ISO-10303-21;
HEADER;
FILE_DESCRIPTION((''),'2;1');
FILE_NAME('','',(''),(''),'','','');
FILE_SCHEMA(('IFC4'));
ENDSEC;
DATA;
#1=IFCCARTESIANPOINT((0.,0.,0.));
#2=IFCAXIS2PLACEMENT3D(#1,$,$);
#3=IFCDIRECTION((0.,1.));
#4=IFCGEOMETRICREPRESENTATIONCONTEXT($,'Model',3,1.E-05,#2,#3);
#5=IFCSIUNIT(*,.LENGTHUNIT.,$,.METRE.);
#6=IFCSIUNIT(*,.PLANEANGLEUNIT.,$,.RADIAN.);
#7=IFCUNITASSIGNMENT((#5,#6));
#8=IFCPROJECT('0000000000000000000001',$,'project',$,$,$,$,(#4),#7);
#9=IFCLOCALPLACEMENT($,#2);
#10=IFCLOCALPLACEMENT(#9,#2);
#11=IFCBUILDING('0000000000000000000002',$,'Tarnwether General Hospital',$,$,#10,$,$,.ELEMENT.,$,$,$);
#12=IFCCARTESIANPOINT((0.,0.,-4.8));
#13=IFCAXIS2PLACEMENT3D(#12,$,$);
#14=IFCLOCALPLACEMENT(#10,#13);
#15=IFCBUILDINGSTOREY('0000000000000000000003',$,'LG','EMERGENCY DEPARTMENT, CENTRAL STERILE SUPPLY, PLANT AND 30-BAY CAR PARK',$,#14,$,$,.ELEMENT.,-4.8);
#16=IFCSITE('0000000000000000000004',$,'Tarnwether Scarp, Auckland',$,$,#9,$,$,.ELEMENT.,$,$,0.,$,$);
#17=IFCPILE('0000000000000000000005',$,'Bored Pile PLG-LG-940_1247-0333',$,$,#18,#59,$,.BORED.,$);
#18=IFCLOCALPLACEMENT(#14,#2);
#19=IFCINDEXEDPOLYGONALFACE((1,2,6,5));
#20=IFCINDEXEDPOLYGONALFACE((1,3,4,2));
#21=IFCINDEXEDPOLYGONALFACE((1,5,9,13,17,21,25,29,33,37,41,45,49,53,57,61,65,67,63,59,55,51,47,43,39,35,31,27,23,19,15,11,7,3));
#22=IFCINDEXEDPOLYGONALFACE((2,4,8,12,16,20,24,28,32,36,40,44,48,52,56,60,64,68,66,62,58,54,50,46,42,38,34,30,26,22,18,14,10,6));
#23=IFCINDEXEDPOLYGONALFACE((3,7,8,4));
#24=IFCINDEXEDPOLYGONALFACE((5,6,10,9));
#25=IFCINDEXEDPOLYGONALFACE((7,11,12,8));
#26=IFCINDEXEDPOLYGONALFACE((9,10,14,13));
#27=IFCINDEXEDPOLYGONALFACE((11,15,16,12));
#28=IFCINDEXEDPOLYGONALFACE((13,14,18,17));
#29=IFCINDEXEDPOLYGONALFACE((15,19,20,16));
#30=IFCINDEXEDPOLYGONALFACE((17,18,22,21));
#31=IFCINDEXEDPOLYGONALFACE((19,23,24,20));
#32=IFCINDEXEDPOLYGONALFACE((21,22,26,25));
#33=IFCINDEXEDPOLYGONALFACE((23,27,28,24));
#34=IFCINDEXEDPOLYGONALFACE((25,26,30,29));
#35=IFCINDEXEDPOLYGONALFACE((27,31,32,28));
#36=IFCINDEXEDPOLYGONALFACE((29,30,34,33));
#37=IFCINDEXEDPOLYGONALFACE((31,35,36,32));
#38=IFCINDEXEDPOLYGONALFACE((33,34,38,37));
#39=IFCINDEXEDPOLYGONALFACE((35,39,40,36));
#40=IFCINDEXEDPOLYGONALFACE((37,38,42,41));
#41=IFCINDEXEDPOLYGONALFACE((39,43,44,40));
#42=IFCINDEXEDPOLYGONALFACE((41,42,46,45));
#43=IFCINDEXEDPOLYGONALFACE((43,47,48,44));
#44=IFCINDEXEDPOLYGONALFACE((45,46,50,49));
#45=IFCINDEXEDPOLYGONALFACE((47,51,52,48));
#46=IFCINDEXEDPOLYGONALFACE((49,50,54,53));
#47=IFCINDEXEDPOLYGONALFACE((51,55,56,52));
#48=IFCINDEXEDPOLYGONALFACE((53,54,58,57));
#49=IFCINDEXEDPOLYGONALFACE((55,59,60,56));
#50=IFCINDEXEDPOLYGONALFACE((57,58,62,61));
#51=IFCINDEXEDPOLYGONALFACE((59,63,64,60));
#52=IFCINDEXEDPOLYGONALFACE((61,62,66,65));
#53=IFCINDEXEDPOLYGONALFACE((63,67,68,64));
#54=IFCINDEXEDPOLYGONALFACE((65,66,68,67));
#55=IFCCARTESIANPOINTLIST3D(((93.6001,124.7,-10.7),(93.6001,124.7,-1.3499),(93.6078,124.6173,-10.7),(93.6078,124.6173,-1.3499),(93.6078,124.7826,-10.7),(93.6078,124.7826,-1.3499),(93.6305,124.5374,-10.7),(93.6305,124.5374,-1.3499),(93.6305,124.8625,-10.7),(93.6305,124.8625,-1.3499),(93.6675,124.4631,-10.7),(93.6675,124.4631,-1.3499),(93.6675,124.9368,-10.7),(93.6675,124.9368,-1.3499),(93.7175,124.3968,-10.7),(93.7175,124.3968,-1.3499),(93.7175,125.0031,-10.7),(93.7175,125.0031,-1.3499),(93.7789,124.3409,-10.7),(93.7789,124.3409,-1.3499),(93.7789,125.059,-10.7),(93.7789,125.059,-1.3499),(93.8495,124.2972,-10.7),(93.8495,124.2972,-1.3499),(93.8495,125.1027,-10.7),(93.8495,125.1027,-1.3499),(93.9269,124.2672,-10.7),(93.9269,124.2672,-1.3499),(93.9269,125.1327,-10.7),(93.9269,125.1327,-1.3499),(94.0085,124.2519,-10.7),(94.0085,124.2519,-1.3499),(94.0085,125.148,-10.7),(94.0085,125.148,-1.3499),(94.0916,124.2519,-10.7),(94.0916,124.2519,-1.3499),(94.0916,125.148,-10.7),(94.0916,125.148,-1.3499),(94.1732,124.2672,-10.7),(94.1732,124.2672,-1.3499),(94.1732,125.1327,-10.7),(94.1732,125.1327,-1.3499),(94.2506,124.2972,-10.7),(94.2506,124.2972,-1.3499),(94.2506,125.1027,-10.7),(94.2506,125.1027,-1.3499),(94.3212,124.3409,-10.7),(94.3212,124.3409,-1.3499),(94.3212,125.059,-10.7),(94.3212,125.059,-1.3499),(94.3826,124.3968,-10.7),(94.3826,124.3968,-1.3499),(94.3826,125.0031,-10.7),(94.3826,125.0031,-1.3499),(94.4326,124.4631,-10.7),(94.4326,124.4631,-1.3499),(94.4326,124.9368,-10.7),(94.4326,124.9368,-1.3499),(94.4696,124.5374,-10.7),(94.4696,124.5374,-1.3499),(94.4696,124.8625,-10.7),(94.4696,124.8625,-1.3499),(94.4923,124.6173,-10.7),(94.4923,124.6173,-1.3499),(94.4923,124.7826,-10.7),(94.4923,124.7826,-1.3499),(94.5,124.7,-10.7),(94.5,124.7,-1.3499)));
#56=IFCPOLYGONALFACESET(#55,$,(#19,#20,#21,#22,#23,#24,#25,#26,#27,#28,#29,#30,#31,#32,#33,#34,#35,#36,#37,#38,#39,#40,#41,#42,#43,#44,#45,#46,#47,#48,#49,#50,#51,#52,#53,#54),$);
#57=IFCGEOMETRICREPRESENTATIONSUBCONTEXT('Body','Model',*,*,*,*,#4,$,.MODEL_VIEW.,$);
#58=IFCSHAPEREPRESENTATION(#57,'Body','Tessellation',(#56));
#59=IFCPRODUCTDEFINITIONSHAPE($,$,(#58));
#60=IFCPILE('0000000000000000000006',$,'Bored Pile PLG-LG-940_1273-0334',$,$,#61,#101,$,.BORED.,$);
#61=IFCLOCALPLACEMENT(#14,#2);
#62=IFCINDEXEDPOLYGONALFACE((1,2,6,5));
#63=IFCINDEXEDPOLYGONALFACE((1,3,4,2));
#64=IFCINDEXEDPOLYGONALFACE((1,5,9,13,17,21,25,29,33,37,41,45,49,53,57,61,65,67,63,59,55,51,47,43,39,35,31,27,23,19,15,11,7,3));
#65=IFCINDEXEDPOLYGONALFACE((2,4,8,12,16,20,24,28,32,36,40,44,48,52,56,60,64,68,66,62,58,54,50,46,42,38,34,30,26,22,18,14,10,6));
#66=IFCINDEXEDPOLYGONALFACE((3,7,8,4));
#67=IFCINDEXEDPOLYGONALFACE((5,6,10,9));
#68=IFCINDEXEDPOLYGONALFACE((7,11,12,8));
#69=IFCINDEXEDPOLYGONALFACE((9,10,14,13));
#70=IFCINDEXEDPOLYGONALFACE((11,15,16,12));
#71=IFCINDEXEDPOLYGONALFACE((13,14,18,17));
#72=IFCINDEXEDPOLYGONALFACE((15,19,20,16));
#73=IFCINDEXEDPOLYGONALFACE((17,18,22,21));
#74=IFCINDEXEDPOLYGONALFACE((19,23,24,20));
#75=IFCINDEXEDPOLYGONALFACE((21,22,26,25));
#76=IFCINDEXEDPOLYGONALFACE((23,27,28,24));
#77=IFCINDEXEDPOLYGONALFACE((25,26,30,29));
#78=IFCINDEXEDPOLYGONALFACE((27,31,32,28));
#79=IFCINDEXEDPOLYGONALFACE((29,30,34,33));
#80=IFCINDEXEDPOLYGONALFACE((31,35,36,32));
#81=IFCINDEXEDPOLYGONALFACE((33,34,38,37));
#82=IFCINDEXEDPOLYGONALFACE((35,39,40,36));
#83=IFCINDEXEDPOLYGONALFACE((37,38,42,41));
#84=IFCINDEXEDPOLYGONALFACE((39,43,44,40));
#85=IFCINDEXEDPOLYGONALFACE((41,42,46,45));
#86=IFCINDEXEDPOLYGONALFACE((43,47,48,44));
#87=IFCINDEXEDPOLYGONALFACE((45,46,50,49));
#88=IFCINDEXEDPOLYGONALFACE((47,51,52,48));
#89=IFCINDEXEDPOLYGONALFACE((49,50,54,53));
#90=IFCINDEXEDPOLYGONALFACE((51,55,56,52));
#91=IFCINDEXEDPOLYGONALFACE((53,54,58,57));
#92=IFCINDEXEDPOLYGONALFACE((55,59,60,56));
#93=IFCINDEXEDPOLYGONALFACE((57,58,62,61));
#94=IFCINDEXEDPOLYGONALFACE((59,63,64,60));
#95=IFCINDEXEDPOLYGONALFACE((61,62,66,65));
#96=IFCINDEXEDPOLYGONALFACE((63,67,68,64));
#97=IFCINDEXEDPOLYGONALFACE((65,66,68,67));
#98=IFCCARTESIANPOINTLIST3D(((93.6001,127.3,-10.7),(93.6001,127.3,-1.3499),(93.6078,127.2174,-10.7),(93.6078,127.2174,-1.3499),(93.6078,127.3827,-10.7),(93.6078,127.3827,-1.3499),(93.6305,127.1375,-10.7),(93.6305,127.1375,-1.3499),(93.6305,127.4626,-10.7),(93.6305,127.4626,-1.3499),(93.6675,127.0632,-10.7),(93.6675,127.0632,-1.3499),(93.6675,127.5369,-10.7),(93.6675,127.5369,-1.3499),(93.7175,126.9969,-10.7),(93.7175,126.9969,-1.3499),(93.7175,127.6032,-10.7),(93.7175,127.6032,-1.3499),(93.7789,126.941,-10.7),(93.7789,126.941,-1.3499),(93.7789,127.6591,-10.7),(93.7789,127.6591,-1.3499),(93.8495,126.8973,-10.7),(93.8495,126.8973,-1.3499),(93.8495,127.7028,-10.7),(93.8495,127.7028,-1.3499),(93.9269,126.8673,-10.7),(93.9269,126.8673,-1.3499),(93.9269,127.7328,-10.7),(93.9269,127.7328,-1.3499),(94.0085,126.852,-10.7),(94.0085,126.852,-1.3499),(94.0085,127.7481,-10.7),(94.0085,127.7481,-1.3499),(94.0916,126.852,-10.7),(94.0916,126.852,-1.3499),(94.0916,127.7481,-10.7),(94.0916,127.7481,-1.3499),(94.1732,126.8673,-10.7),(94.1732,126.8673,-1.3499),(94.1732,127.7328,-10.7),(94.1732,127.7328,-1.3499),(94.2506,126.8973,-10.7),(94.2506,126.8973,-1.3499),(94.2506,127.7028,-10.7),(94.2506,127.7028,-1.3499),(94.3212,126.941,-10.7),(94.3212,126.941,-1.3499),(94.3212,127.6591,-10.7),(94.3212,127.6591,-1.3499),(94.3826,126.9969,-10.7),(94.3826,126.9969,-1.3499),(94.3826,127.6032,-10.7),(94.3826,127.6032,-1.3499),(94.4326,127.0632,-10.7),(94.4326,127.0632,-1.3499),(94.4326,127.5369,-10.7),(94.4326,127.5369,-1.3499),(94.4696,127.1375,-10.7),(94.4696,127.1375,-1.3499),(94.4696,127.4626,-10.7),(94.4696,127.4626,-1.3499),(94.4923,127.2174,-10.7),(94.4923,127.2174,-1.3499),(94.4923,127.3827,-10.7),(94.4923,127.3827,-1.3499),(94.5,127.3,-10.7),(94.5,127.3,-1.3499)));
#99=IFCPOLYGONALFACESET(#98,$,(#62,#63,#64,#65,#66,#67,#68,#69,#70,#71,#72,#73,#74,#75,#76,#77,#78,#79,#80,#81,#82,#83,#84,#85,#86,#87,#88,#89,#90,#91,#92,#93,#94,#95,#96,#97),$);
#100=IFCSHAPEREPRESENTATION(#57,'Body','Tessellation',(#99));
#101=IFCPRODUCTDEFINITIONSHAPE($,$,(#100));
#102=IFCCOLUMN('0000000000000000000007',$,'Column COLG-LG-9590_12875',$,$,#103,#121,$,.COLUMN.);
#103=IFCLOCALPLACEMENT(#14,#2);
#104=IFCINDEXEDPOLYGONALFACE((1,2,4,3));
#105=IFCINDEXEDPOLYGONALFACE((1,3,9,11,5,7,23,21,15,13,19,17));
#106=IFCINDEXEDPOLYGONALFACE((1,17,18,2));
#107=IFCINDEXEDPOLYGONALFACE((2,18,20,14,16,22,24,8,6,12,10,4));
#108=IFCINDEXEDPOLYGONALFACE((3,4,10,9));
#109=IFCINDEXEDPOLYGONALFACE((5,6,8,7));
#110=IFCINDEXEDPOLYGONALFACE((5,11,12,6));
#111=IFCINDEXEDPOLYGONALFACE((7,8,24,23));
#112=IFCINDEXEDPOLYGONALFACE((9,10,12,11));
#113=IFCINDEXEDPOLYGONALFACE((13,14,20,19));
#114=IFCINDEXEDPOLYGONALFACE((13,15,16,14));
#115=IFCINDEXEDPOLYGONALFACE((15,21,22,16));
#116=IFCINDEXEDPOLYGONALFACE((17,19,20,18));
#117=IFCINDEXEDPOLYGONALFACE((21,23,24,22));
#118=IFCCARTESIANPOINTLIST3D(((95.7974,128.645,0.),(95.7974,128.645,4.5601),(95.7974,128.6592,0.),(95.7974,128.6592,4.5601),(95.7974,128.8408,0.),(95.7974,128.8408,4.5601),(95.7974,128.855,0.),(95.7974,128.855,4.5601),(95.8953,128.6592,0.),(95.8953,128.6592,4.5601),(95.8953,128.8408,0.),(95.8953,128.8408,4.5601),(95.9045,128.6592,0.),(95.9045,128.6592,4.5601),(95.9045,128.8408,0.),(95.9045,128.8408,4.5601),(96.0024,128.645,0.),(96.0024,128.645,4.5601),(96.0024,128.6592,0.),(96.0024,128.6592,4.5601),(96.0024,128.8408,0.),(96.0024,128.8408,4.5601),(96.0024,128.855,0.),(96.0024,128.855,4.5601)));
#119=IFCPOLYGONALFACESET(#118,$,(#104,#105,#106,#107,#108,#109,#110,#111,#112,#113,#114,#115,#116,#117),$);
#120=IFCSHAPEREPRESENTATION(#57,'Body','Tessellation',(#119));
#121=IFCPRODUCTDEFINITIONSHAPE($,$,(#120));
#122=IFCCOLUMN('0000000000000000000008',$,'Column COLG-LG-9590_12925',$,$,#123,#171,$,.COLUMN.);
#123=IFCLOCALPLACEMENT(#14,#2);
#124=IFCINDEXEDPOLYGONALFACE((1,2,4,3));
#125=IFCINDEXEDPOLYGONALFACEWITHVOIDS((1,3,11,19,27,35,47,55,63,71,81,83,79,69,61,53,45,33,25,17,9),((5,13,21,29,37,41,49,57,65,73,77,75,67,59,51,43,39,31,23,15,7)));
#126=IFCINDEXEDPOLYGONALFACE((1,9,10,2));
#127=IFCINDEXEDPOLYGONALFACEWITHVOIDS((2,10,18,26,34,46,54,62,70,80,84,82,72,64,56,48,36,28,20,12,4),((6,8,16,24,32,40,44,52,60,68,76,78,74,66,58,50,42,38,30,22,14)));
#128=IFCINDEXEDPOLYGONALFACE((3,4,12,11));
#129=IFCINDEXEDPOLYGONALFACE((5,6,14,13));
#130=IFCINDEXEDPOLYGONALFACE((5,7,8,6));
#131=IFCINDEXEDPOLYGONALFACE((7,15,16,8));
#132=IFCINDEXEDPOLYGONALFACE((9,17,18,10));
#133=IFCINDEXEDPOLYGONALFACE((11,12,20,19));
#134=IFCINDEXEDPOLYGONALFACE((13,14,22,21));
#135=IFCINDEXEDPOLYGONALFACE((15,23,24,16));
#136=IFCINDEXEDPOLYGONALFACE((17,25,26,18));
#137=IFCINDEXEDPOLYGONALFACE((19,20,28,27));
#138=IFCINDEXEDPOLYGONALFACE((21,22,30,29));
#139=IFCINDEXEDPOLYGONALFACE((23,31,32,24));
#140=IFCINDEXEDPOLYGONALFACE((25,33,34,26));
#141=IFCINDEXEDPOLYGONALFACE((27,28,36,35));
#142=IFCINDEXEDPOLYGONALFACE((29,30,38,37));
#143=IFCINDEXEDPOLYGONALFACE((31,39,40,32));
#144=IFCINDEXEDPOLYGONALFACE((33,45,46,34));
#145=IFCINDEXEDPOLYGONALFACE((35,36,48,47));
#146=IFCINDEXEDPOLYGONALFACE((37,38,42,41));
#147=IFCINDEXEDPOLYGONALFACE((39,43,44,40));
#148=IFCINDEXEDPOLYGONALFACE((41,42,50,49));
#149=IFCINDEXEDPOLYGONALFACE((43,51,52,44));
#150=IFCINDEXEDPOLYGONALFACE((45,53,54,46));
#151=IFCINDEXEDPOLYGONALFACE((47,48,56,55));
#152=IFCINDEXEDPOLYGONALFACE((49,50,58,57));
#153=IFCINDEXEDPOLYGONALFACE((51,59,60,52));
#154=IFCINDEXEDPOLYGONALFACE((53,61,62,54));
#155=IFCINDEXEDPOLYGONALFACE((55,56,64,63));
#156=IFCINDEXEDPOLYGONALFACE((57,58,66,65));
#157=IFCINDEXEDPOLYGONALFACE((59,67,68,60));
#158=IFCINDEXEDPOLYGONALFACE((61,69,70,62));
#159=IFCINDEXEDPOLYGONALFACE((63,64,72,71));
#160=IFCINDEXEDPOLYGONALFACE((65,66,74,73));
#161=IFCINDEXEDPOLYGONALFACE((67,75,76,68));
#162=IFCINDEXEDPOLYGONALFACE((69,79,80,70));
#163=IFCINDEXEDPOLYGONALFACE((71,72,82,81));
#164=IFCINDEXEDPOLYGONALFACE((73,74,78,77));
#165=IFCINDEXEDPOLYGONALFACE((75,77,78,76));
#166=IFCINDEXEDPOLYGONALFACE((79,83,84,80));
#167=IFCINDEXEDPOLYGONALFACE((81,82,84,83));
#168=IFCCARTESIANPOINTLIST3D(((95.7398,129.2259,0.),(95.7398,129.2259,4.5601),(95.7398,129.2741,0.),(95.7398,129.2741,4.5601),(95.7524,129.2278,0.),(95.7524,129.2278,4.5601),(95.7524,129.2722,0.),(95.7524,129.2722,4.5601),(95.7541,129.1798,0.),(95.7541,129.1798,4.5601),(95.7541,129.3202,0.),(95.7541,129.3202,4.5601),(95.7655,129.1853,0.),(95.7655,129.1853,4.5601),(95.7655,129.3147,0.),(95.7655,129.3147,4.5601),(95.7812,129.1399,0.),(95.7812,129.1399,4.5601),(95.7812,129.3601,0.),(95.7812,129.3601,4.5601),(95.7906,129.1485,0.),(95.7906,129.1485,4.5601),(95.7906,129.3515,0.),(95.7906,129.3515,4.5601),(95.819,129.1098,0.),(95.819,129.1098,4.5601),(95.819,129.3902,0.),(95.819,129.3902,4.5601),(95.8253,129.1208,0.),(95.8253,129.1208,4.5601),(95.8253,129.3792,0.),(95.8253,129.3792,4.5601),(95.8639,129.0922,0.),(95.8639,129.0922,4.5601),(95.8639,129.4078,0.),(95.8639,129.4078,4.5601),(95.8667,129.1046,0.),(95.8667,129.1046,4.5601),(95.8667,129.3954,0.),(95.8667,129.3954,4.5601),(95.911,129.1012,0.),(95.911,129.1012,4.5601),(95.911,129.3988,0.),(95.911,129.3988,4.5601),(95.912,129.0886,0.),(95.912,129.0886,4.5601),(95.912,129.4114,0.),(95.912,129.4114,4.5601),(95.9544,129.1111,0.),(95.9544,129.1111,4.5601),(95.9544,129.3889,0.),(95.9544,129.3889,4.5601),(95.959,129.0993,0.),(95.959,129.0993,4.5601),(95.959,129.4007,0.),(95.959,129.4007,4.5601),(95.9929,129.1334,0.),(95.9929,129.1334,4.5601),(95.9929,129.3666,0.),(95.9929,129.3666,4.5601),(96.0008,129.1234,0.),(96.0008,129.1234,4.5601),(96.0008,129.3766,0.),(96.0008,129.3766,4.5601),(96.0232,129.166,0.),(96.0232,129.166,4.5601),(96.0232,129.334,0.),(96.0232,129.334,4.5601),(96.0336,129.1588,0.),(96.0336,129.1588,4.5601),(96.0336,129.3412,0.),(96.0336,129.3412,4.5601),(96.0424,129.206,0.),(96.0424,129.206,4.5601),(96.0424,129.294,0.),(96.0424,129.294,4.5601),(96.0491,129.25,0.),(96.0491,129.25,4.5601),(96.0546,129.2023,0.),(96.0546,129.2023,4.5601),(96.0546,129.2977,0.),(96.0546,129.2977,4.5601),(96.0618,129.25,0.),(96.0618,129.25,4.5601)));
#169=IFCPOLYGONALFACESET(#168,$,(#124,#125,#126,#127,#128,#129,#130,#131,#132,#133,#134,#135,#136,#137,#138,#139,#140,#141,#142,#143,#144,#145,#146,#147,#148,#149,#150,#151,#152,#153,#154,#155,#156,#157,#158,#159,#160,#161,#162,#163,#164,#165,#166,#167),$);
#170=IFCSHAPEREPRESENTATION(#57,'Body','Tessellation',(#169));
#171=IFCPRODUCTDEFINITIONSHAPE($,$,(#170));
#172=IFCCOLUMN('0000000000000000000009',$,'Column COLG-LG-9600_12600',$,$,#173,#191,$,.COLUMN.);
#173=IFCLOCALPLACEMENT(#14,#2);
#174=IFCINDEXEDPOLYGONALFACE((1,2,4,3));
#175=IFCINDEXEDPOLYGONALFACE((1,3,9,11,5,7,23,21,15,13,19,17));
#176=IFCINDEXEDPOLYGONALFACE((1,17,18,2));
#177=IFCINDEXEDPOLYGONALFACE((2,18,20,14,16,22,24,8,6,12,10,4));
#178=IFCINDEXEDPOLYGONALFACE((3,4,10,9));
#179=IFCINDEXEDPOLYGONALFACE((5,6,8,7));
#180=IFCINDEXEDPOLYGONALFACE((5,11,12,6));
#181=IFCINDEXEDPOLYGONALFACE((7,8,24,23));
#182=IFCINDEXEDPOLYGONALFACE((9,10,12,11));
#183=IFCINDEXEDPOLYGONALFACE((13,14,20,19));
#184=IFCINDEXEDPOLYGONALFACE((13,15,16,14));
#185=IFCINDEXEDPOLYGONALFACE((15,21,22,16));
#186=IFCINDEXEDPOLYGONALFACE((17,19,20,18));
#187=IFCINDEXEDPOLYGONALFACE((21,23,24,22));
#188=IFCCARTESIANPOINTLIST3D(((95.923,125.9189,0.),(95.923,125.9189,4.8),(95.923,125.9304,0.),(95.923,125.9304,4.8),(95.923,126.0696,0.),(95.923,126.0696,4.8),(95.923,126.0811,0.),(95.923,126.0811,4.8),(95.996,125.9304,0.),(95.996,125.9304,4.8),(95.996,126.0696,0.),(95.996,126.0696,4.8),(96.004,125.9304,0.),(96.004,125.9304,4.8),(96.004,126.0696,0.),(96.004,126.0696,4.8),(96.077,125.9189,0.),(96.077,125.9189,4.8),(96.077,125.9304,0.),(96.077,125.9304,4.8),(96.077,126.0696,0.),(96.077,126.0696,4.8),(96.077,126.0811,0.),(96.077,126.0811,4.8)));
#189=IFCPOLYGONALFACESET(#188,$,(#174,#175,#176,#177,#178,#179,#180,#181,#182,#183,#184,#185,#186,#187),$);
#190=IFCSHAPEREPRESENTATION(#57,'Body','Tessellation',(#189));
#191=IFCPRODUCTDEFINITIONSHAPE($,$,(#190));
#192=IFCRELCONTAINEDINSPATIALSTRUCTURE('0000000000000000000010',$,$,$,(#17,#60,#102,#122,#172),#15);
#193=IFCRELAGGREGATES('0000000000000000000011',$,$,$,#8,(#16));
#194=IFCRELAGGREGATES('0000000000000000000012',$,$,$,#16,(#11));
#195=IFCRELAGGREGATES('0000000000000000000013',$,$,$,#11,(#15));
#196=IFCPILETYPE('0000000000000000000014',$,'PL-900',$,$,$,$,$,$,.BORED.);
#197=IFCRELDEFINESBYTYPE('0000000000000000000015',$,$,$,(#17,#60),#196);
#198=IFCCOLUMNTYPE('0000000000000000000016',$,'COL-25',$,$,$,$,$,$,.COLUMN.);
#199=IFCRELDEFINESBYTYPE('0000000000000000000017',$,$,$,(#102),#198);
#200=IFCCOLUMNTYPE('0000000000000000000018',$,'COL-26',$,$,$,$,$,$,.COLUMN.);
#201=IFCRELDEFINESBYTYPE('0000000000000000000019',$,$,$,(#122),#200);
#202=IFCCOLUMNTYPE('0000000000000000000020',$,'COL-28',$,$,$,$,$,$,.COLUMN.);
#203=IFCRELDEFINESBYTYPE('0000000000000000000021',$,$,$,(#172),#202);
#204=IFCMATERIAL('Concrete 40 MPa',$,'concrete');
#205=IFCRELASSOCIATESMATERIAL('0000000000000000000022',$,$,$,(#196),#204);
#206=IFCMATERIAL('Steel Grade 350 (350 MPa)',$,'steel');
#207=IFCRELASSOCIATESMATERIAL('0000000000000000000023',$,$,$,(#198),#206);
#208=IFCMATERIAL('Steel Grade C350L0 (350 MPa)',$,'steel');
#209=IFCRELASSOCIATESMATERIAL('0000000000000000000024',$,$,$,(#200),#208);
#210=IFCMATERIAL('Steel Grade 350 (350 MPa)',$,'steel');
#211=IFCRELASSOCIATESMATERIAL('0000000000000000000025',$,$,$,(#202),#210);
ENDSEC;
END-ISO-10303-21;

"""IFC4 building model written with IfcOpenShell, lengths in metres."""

from ifc_helpers import new_model, si_unit, direction, frame, origin, origin_2d, place, context, subcontext, project, spatial, circle, hollow_circle, i_section, extrude, material, material_profile, profile_set, type_object, element, save


model = new_model("IFC4")

# Units and contexts
model_context = context("Model", 3, precision=1e-05, world=origin(), true_north=direction((0.0, 1.0)))
body_context = subcontext(model_context, "Body", "Model", "MODEL_VIEW")
ifc_project = project(units=[si_unit("LENGTHUNIT", "METRE"), si_unit("PLANEANGLEUNIT", "RADIAN")], contexts=[model_context])

# Site, building, storey
site_placement = place(None, origin())
site = spatial("IfcSite", under=ifc_project, at=site_placement, Name="Tarnwether Scarp, Auckland", CompositionType="ELEMENT", RefElevation=0.0)
building_placement = place(site_placement, origin())
building = spatial("IfcBuilding", under=site, at=building_placement, Name="Tarnwether General Hospital", CompositionType="ELEMENT")
storey_placement = place(building_placement, frame((0.0, 0.0, -4.8)))
storey = spatial("IfcBuildingStorey", under=building, at=storey_placement, Name="LG", Description="EMERGENCY DEPARTMENT, CENTRAL STERILE SUPPLY, PLANT AND 30-BAY CAR PARK", CompositionType="ELEMENT", Elevation=-4.8)

# Piles
ifc_material_1 = material(Name="Concrete 40 MPa", Category="concrete")
ifc_material_profile_1 = material_profile(ifc_material_1, circle(Radius=0.45, at=origin_2d()), Name="PILE-D900")
ifc_profile_set_1 = profile_set([ifc_material_profile_1], Name="Concrete 40 MPa")
pile_type_1 = type_object("IfcPileType", Name="PL-900", PredefinedType="BORED", material=ifc_profile_set_1)
for number, where, z_axis, x_axis, name in (
    (1, (94.05, 124.7, -1.3499), (0.0, 0.0, -1.0), (1.0, 0.0, 0.0), "Bored Pile PLG-LG-940_1247-0333"),
    (2, (94.05, 127.3, -1.3499), (0.0, 0.0, -1.0), (1.0, 0.0, 0.0), "Bored Pile PLG-LG-940_1273-0334"),
):
    element("IfcPile", number, at=place(storey_placement, frame(where, z_axis=z_axis, x_axis=x_axis)), inside=storey, type_object=pile_type_1, Name=name, PredefinedType="BORED", context=body_context, shape_type="SweptSolid", body=[
        extrude(circle(Radius=0.45, at=origin_2d()), origin(), (0.0, 0.0, 1.0), 9.3501),
    ])

# Columns
ifc_material_2 = material(Name="Steel Grade 350 (350 MPa)", Category="steel")
ifc_material_profile_2 = material_profile(ifc_material_2, i_section(OverallWidth=0.2051, OverallDepth=0.21, WebThickness=0.0093, FlangeThickness=0.0142, at=origin_2d()), Name="200UC59.5")
ifc_profile_set_2 = profile_set([ifc_material_profile_2], Name="Steel Grade 350 (350 MPa)")
column_type_1 = type_object("IfcColumnType", Name="COL-25", PredefinedType="COLUMN", material=ifc_profile_set_2)
column_1_placement = place(storey_placement, frame((95.8999, 128.75, 0.0), z_axis=(0.0, 0.0, 1.0), x_axis=(1.0, 0.0, 0.0)))
element("IfcColumn", 3, at=column_1_placement, inside=storey, type_object=column_type_1, Name="Column COLG-LG-9590_12875", PredefinedType="COLUMN", context=body_context, shape_type="SweptSolid", body=[
    extrude(i_section(OverallWidth=0.2051, OverallDepth=0.21, WebThickness=0.0093, FlangeThickness=0.0142, at=origin_2d()), origin(), (0.0, 0.0, 1.0), 4.5601),
])
ifc_material_3 = material(Name="Steel Grade C350L0 (350 MPa)", Category="steel")
ifc_material_profile_3 = material_profile(ifc_material_3, hollow_circle(Radius=0.1619, WallThickness=0.0127, at=origin_2d()), Name="CHS323.9x12.7")
ifc_profile_set_3 = profile_set([ifc_material_profile_3], Name="Steel Grade C350L0 (350 MPa)")
column_type_2 = type_object("IfcColumnType", Name="COL-26", PredefinedType="COLUMN", material=ifc_profile_set_3)
column_2_placement = place(storey_placement, frame((95.8999, 129.25, 0.0), z_axis=(0.0, 0.0, 1.0), x_axis=(1.0, 0.0, 0.0)))
element("IfcColumn", 4, at=column_2_placement, inside=storey, type_object=column_type_2, Name="Column COLG-LG-9590_12925", PredefinedType="COLUMN", context=body_context, shape_type="SweptSolid", body=[
    extrude(hollow_circle(Radius=0.1619, WallThickness=0.0127, at=origin_2d()), origin(), (0.0, 0.0, 1.0), 4.5601),
])
ifc_material_4 = material(Name="Steel Grade 350 (350 MPa)", Category="steel")
ifc_material_profile_4 = material_profile(ifc_material_4, i_section(OverallWidth=0.1541, OverallDepth=0.1621, WebThickness=0.0081, FlangeThickness=0.0115, at=origin_2d()), Name="150UC37.2")
ifc_profile_set_4 = profile_set([ifc_material_profile_4], Name="Steel Grade 350 (350 MPa)")
column_type_3 = type_object("IfcColumnType", Name="COL-28", PredefinedType="COLUMN", material=ifc_profile_set_4)
column_3_placement = place(storey_placement, frame((96.0, 126.0, 0.0), z_axis=(0.0, 0.0, 1.0), x_axis=(1.0, 0.0, 0.0)))
element("IfcColumn", 5, at=column_3_placement, inside=storey, type_object=column_type_3, Name="Column COLG-LG-9600_12600", PredefinedType="COLUMN", context=body_context, shape_type="SweptSolid", body=[
    extrude(i_section(OverallWidth=0.1541, OverallDepth=0.1621, WebThickness=0.0081, FlangeThickness=0.0115, at=origin_2d()), origin(), (0.0, 0.0, 1.0), 4.8),
])

save(model, "model.ifc")
